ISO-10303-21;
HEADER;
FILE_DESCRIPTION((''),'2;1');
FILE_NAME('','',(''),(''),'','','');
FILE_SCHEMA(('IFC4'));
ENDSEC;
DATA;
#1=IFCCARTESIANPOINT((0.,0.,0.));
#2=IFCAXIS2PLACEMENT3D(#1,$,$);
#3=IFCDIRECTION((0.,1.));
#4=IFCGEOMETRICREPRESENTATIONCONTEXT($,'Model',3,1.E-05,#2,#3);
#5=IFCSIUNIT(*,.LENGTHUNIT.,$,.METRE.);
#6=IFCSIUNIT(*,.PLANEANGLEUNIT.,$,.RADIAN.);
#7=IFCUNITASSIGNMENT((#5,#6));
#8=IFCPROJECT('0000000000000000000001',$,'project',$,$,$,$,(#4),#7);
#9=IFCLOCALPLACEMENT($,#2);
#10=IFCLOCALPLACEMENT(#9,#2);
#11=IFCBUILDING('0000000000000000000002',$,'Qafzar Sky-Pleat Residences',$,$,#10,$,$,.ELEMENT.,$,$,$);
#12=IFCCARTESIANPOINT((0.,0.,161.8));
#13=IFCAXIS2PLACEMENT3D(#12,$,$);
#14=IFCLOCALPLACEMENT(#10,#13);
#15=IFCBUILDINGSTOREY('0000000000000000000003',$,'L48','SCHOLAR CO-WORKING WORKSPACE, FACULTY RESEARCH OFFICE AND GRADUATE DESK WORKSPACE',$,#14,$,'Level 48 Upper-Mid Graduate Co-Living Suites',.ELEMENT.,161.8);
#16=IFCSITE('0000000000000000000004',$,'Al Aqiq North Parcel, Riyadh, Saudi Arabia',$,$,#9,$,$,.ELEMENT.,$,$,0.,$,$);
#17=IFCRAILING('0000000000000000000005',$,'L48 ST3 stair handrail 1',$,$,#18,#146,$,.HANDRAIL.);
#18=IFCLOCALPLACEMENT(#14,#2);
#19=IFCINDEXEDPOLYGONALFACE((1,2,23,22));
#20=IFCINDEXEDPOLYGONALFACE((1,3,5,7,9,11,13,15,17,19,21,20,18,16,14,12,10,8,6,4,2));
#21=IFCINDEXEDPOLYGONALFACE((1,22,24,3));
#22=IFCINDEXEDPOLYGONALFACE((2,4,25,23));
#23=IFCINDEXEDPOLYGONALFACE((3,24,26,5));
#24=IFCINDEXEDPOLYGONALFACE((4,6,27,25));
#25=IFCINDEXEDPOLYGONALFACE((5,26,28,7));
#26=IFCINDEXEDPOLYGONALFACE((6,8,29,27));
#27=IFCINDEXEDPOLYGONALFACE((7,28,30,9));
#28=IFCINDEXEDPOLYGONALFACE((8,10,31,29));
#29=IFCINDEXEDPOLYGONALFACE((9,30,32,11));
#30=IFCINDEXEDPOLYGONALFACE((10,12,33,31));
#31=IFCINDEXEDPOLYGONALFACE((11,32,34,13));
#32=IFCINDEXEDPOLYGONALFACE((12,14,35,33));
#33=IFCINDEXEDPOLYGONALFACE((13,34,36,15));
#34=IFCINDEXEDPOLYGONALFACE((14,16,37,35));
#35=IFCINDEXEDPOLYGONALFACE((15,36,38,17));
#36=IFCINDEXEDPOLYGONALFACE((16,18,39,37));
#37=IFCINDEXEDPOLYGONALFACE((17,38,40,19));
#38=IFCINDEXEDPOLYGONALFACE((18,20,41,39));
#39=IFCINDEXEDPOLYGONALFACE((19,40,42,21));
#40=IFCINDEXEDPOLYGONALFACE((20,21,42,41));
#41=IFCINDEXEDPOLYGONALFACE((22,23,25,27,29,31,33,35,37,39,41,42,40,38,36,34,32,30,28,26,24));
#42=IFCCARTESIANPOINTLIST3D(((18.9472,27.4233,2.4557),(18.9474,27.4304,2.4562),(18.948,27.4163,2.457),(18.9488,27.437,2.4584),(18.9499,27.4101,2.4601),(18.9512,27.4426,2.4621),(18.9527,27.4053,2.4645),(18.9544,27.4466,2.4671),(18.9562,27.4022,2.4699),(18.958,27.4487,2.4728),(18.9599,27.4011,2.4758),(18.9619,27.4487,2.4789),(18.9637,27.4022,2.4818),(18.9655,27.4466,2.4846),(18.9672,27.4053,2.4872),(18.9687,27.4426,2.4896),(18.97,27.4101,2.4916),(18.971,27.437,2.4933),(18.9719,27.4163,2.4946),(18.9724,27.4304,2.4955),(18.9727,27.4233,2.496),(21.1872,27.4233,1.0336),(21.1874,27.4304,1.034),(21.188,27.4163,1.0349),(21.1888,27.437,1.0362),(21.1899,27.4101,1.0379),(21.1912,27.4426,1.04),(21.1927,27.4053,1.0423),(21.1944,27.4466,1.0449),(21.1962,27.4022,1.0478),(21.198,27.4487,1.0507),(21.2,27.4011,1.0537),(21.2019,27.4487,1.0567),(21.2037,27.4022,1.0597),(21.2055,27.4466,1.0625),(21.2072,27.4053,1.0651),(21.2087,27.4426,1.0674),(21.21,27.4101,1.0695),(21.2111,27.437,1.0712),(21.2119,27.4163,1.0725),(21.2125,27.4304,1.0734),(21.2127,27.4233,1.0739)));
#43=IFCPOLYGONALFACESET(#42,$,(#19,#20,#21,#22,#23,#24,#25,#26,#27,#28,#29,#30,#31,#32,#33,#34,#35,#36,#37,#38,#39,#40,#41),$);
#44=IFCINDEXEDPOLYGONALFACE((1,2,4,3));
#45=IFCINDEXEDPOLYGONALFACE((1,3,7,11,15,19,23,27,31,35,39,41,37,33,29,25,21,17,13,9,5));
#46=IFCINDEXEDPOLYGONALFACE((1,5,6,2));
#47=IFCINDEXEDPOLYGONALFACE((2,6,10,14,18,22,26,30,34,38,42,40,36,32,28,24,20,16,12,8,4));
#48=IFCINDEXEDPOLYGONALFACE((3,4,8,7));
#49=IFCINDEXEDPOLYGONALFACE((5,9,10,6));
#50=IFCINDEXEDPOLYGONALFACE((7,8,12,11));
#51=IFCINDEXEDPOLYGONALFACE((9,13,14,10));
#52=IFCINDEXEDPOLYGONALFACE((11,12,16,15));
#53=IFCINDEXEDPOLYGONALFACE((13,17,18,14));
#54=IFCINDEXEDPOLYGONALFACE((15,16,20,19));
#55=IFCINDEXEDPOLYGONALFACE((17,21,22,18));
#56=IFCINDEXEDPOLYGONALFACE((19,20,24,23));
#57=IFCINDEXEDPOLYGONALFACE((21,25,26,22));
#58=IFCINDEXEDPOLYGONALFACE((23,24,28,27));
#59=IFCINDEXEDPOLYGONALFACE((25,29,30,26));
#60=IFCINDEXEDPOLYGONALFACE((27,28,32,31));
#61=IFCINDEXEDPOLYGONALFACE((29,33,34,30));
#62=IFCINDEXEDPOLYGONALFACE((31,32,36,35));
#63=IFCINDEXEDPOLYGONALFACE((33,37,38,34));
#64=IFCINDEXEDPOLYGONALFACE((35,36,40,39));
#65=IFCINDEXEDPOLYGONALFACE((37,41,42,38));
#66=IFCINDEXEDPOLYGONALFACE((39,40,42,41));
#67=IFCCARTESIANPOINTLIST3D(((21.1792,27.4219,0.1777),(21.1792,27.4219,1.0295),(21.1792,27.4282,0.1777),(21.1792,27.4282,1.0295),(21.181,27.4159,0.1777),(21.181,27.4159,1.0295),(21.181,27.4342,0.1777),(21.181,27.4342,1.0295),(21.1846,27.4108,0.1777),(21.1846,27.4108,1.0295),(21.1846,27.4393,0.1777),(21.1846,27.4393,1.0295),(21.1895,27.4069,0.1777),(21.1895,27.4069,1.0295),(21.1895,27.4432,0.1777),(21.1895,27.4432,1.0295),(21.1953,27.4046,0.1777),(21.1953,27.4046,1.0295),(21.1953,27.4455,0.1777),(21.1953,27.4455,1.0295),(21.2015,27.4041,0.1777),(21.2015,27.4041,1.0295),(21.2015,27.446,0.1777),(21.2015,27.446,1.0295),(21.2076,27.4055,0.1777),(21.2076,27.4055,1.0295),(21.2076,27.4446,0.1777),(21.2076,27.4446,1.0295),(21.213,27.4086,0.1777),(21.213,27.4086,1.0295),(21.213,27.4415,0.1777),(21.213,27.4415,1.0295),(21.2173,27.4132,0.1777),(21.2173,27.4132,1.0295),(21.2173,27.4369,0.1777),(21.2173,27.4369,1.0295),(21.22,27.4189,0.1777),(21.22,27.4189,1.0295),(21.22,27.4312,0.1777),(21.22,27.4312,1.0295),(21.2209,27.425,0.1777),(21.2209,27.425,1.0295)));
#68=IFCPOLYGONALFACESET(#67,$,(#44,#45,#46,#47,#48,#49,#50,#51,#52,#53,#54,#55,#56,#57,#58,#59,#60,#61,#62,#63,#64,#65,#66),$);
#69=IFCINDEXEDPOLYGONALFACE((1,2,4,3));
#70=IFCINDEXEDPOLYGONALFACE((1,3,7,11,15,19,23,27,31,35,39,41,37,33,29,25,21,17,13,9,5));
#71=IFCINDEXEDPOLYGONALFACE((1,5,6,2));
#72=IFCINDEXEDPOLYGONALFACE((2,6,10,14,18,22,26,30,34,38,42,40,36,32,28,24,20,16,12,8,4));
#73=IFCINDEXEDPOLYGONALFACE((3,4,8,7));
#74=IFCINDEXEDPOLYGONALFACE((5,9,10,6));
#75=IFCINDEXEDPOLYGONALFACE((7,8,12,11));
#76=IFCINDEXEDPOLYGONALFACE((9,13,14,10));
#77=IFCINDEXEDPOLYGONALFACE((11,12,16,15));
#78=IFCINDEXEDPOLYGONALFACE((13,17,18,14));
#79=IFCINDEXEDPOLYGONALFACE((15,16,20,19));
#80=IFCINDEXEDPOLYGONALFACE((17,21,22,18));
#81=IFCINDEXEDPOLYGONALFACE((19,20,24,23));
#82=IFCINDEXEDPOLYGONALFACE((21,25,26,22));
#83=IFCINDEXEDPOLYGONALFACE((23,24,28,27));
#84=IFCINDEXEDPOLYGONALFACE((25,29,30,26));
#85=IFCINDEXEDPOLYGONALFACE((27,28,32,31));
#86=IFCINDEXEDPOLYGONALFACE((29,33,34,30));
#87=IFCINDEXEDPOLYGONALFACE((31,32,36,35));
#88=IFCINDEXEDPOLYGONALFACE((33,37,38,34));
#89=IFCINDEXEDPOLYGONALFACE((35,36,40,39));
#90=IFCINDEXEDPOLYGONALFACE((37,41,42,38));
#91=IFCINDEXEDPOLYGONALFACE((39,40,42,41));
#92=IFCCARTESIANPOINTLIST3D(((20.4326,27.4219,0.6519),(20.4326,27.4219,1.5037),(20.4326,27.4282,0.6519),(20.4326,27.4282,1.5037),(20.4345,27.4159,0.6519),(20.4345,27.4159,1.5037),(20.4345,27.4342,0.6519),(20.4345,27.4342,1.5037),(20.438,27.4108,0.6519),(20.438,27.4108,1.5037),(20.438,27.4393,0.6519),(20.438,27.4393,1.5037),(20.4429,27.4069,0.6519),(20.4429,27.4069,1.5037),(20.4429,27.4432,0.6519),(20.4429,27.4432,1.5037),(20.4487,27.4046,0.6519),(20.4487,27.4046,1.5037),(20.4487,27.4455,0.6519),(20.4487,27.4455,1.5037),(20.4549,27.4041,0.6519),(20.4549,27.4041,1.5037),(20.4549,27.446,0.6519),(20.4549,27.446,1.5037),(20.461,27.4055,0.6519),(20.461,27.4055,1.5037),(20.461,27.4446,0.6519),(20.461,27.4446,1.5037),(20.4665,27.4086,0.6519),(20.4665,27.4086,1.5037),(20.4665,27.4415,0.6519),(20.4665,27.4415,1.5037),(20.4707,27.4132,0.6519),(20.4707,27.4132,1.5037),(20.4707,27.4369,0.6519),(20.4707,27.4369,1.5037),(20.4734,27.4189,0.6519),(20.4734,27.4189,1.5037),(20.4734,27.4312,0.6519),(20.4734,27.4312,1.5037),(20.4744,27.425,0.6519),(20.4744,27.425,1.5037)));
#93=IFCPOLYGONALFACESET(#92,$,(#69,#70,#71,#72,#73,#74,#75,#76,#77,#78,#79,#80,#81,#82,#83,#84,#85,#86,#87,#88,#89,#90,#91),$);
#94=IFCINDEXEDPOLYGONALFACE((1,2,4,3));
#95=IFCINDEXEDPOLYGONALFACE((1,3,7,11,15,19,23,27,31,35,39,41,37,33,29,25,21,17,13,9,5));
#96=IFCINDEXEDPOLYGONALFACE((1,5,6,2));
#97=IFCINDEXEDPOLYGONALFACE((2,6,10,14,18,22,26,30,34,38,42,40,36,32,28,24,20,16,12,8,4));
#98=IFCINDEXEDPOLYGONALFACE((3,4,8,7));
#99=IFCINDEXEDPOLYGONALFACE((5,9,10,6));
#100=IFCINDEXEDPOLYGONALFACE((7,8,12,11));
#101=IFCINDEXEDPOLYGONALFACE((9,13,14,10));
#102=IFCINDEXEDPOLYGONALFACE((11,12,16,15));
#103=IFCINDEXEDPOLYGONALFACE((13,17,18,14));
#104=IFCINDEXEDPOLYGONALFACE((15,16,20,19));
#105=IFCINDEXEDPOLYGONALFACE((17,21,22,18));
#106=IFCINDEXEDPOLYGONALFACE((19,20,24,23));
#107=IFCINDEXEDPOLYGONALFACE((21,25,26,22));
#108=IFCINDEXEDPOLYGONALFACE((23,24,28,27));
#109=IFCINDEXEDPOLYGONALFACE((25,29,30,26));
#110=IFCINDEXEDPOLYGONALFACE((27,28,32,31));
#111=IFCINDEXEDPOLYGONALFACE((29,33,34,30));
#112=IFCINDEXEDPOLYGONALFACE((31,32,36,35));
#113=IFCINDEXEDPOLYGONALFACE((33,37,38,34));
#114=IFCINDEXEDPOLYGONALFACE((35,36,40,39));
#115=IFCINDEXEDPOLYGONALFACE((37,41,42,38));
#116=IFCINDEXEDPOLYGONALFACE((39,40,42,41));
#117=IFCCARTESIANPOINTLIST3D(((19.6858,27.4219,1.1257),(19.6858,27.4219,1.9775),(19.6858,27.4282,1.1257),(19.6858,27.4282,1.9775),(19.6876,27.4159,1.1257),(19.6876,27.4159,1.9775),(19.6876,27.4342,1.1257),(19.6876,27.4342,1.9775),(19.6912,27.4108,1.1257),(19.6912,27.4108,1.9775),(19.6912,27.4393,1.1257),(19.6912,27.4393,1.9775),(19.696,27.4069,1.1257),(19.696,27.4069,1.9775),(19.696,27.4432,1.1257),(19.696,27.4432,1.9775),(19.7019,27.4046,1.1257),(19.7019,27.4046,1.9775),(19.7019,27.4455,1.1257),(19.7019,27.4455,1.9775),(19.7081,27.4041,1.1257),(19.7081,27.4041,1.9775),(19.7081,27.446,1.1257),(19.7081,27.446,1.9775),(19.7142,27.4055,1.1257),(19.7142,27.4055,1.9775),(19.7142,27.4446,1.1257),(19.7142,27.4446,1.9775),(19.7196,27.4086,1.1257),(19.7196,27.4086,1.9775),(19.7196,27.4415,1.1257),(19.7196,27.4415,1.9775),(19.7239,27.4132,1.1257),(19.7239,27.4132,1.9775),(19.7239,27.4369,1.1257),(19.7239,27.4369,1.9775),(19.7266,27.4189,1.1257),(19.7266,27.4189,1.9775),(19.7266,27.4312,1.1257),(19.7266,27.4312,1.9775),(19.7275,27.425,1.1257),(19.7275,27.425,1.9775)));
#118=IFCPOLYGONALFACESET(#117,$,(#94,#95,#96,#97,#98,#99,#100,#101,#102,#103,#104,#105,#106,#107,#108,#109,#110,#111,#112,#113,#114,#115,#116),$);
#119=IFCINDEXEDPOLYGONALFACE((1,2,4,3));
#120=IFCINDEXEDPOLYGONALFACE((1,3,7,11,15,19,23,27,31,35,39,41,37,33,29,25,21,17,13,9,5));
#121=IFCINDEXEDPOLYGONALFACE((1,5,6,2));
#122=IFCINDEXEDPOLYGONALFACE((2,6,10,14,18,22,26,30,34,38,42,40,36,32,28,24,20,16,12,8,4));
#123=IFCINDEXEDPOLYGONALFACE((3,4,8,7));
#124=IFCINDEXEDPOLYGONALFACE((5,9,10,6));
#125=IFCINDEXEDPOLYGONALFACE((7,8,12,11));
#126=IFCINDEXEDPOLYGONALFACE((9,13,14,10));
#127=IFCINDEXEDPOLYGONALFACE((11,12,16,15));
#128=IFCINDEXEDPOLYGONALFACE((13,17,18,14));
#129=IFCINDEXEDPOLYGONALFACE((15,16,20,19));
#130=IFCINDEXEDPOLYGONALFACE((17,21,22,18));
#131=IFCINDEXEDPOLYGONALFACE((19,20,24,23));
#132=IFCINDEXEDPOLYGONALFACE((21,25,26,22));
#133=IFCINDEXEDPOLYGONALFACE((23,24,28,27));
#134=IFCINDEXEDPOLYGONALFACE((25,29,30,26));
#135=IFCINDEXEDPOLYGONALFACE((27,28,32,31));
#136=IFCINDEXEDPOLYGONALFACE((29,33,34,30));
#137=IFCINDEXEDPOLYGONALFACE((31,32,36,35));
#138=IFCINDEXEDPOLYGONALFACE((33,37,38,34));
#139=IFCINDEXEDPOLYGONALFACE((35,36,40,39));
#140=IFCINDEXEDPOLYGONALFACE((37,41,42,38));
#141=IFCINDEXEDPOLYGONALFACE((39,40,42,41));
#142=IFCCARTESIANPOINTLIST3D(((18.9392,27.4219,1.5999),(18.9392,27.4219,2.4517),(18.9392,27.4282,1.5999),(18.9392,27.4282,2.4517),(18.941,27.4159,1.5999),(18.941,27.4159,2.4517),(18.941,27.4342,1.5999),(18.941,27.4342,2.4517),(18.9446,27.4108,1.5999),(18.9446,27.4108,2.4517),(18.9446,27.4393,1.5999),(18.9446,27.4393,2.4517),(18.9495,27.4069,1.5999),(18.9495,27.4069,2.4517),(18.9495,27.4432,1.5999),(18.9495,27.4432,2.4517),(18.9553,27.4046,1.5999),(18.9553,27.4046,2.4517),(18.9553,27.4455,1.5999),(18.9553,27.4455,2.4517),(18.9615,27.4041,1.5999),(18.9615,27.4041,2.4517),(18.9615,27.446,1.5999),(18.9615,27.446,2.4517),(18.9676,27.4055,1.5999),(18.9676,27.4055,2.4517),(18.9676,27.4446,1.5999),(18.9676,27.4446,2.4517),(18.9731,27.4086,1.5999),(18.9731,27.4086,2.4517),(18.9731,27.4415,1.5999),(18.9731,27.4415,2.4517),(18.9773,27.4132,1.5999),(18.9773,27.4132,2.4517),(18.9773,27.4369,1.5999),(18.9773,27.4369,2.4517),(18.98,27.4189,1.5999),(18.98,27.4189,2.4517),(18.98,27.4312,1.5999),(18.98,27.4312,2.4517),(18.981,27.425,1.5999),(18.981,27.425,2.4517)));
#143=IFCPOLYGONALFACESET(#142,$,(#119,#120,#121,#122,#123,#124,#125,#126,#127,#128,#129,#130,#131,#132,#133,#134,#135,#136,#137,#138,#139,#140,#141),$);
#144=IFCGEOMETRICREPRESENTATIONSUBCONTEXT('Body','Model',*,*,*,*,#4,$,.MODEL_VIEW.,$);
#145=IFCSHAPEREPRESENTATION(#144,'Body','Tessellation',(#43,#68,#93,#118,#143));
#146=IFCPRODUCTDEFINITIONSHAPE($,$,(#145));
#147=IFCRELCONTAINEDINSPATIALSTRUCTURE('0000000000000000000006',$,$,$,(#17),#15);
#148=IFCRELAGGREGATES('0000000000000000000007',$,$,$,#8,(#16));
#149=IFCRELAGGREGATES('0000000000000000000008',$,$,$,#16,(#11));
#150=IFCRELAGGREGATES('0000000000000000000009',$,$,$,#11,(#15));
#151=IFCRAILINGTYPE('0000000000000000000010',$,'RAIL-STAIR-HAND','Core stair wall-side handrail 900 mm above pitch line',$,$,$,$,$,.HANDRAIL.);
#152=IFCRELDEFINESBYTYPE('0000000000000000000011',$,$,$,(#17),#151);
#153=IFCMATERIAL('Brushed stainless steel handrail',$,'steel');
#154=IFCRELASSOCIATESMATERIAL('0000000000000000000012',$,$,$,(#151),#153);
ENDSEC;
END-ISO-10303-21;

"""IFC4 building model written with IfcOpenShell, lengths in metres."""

from ifc_helpers import new_model, si_unit, direction, frame, origin, origin_2d, place, context, subcontext, project, spatial, circle, extrude, source, transform, mapped, material, type_object, element, save


model = new_model("IFC4")

# Units and contexts
model_context = context("Model", 3, precision=1e-05, world=origin(), true_north=direction((0.0, 1.0)))
body_context = subcontext(model_context, "Body", "Model", "MODEL_VIEW")
ifc_project = project(units=[si_unit("LENGTHUNIT", "METRE"), si_unit("PLANEANGLEUNIT", "RADIAN")], contexts=[model_context])

# Site, building, storey
site_placement = place(None, origin())
site = spatial("IfcSite", under=ifc_project, at=site_placement, Name="Al Aqiq North Parcel, Riyadh, Saudi Arabia", CompositionType="ELEMENT", RefElevation=0.0)
building_placement = place(site_placement, origin())
building = spatial("IfcBuilding", under=site, at=building_placement, Name="Qafzar Sky-Pleat Residences", CompositionType="ELEMENT")
storey_placement = place(building_placement, frame((0.0, 0.0, 161.8)))
storey = spatial("IfcBuildingStorey", under=building, at=storey_placement, Name="L48", Description="SCHOLAR CO-WORKING WORKSPACE, FACULTY RESEARCH OFFICE AND GRADUATE DESK WORKSPACE", LongName="Level 48 Upper-Mid Graduate Co-Living Suites", CompositionType="ELEMENT", Elevation=161.8)

# Railing
ifc_material_1 = material(Name="Brushed stainless steel handrail", Category="steel")
railing_type_1 = type_object("IfcRailingType", Name="RAIL-STAIR-HAND", Description="Core stair wall-side handrail 900 mm above pitch line", PredefinedType="HANDRAIL", material=ifc_material_1)
shared_shape_1 = source(origin(), body_context, "Body", "SweptSolid", [
    extrude(circle(Radius=0.0239, at=origin_2d()), frame((0.0, 0.0, 0.876), z_axis=(-0.844229, 0.0, 0.535982), x_axis=(0.0, -1.0, 0.0)), (0.0, 0.0, 1.0), 2.6533),
    extrude(circle(Radius=0.021, at=origin_2d()), origin(), (0.0, 0.0, 1.0), 0.8518),
    extrude(circle(Radius=0.021, at=origin_2d()), frame((-0.7466, 0.0, 0.4741)), (0.0, 0.0, 1.0), 0.8518),
    extrude(circle(Radius=0.021, at=origin_2d()), frame((-1.4934, 0.0, 0.948)), (0.0, 0.0, 1.0), 0.8518),
    extrude(circle(Radius=0.021, at=origin_2d()), frame((-2.24, 0.0, 1.4221)), (0.0, 0.0, 1.0), 0.8518),
])
railing_1_placement = place(storey_placement, frame((21.2, 27.425, 0.1777)))
element("IfcRailing", 1, at=railing_1_placement, inside=storey, type_object=railing_type_1, Name="L48 ST3 stair handrail 1", PredefinedType="HANDRAIL", context=body_context, shape_type="MappedRepresentation", body=[
    mapped(shared_shape_1, transform((0.0, 0.0, 0.0), x_axis=(1.0, 0.0, 0.0), y_axis=(0.0, 1.0, 0.0), z_axis=(0.0, 0.0, 1.0), scale=1.0)),
])

save(model, "model.ifc")
